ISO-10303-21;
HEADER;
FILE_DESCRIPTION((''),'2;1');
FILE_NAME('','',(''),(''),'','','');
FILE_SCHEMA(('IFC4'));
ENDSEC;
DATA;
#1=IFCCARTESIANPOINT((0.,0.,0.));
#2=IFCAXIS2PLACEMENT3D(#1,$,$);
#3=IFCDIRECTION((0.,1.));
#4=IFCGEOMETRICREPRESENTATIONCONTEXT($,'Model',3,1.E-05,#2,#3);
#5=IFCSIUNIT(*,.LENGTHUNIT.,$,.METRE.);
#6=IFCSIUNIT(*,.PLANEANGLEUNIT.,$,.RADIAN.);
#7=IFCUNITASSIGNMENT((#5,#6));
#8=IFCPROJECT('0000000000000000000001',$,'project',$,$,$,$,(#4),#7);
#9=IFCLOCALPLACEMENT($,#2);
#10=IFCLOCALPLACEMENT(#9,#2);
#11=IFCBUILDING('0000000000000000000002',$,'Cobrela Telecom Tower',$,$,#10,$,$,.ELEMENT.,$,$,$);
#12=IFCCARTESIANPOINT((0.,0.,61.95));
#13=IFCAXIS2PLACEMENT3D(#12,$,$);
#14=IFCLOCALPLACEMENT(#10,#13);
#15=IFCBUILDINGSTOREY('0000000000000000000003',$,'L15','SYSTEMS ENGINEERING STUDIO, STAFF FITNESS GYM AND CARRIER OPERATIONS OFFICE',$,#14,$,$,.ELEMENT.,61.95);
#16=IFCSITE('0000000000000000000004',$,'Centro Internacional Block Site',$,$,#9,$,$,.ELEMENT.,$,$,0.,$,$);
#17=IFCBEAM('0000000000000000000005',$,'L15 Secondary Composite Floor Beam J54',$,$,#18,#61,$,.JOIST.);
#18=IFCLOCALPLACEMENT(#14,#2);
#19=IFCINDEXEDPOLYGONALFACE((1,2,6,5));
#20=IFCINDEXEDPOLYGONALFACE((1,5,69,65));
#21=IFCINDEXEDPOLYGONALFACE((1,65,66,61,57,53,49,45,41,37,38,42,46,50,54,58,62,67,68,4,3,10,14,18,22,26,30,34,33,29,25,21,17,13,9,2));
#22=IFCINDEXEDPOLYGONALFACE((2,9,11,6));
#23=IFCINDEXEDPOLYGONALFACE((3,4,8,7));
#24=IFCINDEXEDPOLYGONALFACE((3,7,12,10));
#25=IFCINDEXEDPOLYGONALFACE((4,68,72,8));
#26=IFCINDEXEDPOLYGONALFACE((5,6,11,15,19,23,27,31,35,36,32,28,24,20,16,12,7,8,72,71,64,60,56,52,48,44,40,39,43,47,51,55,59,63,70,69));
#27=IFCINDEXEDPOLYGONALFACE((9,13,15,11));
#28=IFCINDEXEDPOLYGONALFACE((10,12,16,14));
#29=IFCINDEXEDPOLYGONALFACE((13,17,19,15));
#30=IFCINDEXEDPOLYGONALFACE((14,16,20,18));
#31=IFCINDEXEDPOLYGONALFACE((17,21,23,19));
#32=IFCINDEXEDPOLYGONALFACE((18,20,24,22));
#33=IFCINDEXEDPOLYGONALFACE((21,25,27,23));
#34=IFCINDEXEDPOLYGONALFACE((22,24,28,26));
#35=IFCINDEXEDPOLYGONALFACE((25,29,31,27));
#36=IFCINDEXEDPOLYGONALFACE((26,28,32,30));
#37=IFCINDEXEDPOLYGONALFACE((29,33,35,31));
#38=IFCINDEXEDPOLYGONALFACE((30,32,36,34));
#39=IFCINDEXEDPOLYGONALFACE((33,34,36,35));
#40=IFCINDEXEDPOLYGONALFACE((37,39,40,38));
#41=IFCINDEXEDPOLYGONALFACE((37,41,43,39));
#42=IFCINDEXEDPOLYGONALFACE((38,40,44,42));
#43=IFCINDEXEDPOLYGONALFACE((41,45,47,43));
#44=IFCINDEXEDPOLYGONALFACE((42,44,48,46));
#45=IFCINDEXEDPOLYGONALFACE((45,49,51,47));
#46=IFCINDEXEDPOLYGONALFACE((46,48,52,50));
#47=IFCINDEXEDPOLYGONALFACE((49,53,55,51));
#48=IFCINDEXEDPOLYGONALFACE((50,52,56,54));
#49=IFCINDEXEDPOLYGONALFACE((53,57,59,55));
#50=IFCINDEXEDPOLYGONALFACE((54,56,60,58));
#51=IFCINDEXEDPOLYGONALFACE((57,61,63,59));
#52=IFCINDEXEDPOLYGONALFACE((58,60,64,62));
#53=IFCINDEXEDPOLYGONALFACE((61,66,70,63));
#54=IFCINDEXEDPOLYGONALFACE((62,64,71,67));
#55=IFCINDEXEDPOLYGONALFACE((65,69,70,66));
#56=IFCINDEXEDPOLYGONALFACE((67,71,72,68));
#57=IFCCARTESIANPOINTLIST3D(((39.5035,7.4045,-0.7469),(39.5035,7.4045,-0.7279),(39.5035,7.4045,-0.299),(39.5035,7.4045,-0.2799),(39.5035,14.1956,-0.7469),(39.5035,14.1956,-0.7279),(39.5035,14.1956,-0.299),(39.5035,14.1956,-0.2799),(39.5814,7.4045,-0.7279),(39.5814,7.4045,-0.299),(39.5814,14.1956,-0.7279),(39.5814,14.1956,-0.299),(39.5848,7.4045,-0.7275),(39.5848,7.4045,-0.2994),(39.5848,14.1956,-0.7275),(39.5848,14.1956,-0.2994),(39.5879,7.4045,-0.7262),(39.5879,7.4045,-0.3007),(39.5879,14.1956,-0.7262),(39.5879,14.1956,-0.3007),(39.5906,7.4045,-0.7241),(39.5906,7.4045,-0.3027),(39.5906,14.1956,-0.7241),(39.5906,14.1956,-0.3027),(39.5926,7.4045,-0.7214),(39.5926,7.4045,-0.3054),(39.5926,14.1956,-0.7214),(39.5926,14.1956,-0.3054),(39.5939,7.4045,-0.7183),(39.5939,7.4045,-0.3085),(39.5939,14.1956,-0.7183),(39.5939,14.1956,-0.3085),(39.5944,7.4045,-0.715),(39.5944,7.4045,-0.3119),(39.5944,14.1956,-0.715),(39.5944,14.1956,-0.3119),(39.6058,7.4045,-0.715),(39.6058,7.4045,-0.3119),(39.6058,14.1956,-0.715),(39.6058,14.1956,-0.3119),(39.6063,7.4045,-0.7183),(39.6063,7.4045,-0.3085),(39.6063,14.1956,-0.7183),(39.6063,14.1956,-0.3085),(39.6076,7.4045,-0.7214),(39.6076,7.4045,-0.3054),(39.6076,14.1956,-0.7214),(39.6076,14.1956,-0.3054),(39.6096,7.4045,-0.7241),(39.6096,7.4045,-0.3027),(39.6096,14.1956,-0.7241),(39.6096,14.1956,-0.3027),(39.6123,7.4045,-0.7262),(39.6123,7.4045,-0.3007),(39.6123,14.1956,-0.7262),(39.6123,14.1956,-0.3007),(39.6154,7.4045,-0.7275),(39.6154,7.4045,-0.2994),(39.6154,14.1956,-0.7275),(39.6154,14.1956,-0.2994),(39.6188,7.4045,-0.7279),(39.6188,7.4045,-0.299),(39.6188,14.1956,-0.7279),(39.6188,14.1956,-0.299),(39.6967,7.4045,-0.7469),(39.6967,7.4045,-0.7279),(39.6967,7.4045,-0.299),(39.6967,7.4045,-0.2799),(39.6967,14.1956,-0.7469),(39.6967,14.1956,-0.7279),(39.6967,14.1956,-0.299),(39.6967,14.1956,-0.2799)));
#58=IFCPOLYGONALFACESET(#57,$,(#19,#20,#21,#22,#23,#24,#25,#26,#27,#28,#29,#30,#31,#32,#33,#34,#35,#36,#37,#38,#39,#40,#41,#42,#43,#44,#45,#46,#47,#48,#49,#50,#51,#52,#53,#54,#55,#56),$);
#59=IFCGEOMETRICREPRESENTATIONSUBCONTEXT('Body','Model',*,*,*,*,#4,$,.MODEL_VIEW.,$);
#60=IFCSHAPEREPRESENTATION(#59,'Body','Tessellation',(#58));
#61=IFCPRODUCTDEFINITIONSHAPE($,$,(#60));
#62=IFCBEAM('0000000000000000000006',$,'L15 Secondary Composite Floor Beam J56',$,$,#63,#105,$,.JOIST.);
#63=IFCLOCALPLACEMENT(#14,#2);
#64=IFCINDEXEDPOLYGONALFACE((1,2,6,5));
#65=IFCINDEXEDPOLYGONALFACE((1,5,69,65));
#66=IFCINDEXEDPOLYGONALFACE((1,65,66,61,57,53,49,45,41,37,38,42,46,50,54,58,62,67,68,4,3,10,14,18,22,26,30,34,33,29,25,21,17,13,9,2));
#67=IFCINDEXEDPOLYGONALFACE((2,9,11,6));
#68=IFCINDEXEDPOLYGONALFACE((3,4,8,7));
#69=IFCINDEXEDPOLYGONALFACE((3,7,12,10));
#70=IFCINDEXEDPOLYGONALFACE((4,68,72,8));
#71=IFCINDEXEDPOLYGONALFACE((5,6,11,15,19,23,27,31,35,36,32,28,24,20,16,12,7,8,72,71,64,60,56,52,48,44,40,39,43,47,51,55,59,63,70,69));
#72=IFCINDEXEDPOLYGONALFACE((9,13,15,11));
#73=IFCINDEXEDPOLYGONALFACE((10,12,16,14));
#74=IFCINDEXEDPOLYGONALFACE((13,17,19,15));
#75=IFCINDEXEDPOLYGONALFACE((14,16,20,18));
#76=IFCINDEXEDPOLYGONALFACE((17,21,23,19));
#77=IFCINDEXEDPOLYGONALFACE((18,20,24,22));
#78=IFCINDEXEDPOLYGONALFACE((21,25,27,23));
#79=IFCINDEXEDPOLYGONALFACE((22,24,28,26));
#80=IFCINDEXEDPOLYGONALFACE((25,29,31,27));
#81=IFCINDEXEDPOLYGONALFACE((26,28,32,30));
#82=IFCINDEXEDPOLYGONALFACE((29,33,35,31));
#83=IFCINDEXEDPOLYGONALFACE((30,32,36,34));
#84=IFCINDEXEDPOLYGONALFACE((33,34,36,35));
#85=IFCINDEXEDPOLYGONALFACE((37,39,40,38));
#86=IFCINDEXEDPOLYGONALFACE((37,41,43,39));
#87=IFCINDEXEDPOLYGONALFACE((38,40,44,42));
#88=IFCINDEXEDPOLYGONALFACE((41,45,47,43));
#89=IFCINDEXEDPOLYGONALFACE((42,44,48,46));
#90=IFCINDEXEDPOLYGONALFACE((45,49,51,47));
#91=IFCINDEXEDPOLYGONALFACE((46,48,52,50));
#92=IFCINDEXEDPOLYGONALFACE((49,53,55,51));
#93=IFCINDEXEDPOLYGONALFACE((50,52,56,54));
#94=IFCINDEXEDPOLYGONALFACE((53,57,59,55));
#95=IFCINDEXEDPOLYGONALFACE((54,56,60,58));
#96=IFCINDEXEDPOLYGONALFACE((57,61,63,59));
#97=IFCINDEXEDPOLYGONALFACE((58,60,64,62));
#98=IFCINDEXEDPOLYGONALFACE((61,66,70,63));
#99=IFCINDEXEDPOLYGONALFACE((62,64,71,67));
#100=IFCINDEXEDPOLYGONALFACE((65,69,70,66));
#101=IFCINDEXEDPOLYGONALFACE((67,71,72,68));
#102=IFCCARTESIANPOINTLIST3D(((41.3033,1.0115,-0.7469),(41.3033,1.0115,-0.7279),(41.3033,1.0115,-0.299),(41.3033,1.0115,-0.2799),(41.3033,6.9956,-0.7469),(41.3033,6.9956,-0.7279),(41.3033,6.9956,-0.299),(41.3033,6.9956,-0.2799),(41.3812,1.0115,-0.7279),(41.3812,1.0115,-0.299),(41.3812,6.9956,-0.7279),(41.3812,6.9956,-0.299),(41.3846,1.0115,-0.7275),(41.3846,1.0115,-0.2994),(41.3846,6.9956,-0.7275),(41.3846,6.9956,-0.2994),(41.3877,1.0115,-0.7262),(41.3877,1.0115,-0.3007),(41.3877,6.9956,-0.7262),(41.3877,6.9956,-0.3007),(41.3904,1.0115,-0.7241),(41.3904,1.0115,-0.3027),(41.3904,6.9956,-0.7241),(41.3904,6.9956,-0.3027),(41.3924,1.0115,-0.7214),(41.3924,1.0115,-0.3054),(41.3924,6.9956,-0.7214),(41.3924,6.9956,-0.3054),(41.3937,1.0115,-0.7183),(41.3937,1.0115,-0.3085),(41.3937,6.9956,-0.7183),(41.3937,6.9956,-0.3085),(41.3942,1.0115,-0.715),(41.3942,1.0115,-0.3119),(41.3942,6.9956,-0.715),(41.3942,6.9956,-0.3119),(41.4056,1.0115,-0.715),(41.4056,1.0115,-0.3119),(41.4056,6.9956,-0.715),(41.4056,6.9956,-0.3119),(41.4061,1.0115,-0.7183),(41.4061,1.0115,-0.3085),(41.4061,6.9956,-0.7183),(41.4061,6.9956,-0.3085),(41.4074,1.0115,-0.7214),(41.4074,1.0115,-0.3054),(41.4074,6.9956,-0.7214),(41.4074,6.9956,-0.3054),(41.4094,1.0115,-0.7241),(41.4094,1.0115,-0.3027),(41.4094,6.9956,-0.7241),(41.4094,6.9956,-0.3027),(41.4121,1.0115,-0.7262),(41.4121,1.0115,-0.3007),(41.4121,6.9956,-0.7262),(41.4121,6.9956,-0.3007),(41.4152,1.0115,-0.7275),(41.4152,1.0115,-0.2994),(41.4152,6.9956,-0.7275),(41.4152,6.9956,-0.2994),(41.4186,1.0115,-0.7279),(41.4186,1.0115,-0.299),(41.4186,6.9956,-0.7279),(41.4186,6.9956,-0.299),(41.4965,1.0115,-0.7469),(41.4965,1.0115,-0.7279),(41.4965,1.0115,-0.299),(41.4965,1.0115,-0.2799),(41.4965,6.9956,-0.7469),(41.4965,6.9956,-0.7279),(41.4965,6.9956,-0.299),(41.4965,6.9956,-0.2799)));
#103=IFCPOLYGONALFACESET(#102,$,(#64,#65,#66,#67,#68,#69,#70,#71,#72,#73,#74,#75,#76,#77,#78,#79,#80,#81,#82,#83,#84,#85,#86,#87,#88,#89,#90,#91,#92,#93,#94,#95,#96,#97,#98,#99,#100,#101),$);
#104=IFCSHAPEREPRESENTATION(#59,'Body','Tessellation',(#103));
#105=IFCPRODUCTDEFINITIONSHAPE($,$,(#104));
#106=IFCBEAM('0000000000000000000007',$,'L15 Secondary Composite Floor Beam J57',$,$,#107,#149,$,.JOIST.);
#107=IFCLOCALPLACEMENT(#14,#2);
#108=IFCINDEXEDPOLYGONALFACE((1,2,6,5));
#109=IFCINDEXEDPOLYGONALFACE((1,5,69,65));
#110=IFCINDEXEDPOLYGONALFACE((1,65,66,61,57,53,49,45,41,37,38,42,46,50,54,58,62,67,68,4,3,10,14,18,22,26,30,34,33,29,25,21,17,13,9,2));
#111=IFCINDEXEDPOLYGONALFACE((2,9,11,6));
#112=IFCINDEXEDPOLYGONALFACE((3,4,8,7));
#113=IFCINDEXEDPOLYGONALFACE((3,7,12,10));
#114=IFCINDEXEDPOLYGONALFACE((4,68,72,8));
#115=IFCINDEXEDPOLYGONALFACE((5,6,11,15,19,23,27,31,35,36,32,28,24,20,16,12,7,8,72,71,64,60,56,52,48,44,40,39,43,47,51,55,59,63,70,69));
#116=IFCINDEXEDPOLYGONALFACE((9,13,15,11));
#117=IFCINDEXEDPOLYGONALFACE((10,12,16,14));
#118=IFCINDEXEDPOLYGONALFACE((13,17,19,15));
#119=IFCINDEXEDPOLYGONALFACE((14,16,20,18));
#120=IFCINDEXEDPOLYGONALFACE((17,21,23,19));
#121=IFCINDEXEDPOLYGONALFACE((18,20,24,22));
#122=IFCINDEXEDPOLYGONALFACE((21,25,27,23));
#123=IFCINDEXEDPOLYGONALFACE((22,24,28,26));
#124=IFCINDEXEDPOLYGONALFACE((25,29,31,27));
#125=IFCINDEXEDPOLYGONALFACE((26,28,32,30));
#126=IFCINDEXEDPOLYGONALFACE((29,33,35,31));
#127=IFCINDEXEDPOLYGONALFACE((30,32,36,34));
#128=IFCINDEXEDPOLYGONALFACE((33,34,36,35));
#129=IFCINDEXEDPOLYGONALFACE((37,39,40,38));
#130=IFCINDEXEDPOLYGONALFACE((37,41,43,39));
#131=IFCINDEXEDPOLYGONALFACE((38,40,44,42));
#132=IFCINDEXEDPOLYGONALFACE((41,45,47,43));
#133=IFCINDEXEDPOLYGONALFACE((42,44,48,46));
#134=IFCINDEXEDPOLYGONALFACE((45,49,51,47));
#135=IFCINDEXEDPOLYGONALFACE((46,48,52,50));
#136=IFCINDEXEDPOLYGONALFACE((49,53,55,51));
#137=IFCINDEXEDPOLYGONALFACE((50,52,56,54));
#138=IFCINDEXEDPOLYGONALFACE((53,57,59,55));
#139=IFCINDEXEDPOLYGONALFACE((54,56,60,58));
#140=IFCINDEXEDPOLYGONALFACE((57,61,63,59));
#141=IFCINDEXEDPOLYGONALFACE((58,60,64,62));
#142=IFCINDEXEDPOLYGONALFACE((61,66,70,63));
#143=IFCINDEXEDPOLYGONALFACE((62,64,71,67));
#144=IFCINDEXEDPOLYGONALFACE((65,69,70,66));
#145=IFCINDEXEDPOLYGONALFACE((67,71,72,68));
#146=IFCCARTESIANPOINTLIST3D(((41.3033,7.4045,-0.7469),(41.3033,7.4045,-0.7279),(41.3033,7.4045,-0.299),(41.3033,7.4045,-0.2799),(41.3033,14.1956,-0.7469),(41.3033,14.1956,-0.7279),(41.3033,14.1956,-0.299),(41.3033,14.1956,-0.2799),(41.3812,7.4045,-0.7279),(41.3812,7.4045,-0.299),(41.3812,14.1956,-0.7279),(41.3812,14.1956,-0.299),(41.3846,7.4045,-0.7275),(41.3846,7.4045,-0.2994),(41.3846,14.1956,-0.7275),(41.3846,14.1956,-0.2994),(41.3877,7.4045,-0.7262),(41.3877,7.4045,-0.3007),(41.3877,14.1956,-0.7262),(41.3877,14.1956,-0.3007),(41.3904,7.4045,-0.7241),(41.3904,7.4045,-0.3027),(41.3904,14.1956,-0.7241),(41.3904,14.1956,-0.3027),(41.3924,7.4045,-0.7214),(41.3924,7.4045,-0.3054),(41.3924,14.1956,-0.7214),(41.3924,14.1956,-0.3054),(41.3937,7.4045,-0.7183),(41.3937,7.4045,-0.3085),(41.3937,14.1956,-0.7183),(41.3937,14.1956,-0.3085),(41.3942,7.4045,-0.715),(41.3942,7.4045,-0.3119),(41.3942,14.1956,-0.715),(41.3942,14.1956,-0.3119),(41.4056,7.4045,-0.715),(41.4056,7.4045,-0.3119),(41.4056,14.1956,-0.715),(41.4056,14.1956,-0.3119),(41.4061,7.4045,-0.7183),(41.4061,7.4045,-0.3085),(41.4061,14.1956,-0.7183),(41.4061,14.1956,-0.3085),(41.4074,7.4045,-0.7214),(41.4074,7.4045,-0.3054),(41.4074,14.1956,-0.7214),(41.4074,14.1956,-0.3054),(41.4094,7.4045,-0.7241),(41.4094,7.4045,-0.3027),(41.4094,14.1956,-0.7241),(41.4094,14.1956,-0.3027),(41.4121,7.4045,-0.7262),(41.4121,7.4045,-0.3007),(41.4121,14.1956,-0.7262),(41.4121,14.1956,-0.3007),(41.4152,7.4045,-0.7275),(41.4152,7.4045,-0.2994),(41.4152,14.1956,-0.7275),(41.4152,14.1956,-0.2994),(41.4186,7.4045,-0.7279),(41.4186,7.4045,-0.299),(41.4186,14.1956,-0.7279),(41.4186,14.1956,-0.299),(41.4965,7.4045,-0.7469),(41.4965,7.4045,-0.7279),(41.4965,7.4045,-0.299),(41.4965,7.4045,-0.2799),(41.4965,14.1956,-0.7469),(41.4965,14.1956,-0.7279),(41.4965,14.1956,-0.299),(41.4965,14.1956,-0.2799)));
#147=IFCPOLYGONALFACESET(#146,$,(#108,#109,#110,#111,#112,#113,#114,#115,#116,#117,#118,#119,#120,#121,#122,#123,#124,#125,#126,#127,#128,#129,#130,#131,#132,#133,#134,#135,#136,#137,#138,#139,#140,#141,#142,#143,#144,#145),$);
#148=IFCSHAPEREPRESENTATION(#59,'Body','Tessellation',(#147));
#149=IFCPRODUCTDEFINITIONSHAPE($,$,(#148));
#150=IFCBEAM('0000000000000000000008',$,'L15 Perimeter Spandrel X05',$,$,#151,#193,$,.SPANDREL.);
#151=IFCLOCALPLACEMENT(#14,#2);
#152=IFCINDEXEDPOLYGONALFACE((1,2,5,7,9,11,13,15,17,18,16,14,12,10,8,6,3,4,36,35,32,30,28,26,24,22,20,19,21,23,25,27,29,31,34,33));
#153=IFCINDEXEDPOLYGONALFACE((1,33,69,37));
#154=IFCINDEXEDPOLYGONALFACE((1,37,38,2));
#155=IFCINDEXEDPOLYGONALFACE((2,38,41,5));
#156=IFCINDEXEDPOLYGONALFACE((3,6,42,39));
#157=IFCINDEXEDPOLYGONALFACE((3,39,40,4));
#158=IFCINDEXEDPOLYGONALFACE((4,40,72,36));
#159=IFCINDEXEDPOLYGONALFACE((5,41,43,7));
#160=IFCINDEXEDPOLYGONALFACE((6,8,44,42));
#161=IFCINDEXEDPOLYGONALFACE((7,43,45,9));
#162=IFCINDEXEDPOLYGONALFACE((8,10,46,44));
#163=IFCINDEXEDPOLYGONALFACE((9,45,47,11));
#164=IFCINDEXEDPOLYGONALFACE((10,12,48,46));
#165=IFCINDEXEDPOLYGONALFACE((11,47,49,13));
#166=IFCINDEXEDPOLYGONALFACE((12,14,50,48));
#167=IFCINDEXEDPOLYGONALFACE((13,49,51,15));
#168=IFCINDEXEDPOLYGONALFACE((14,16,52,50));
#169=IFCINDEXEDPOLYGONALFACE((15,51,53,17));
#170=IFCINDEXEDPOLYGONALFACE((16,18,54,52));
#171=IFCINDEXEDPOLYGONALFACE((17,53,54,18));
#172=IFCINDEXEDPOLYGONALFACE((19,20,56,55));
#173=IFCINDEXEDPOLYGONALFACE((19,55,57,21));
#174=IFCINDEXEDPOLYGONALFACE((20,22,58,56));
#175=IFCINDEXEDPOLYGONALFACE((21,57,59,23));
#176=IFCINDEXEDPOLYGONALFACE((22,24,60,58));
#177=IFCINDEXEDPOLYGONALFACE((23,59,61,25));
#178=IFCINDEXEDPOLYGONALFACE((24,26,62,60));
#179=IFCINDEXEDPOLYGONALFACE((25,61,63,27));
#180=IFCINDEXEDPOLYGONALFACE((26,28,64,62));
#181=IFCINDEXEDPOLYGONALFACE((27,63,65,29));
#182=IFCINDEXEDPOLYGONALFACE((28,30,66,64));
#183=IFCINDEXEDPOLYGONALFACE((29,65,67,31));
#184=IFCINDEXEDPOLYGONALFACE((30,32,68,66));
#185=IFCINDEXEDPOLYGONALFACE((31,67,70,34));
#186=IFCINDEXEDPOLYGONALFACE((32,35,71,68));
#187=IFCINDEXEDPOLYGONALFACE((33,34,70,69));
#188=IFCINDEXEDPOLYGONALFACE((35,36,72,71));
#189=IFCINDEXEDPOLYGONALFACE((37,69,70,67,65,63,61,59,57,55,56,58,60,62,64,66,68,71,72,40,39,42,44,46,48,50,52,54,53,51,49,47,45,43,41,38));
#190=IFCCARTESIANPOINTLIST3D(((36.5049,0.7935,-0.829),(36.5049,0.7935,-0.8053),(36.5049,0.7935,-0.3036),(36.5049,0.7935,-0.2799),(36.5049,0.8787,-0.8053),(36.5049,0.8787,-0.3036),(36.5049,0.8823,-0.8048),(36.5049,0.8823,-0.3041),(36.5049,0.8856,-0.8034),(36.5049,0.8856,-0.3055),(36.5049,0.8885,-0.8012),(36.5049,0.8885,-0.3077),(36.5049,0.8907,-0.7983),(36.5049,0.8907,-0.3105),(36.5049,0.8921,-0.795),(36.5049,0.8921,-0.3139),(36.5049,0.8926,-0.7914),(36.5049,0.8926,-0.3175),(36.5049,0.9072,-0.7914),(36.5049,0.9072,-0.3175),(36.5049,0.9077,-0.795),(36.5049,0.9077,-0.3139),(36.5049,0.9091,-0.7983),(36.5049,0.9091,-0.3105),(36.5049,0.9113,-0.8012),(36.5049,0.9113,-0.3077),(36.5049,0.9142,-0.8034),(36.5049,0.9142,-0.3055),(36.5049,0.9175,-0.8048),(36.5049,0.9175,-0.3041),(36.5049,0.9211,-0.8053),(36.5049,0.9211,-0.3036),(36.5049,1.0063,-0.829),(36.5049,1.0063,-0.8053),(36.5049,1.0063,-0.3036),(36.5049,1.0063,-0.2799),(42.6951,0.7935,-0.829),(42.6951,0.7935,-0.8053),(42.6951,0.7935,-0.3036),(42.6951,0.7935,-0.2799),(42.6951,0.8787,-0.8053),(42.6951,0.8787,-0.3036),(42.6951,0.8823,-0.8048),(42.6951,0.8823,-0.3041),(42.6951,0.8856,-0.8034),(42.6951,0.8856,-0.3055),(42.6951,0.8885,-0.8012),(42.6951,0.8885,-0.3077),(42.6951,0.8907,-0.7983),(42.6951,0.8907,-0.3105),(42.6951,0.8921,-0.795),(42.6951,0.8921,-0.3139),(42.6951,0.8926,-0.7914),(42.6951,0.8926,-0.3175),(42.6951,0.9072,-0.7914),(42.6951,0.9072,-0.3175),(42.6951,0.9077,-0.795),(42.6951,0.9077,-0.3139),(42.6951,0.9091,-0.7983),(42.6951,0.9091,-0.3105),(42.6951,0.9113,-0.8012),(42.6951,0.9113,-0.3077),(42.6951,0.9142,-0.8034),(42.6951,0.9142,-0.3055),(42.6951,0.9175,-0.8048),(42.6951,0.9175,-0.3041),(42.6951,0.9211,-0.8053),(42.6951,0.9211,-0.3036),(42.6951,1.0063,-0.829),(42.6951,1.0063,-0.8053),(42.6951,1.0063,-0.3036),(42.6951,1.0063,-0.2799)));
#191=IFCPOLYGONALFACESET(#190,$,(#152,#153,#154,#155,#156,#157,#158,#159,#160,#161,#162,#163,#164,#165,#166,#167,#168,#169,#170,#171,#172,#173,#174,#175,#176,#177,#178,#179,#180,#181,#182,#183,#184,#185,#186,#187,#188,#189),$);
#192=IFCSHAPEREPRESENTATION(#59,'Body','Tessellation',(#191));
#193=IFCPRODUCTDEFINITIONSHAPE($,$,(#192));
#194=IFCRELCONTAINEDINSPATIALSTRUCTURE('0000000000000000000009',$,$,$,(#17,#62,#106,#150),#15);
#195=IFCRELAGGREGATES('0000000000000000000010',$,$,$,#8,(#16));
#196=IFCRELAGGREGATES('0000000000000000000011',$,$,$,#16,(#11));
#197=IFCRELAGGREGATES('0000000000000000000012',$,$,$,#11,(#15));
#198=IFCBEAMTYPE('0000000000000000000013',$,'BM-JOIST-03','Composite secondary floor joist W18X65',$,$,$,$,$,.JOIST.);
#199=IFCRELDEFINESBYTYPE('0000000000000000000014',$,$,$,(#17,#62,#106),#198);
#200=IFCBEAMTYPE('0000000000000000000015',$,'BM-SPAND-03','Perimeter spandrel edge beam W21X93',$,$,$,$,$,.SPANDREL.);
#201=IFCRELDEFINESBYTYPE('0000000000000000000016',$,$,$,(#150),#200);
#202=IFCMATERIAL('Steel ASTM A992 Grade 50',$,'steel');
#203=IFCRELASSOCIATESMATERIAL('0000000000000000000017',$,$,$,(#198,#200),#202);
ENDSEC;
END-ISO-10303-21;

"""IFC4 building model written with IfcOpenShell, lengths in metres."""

from ifc_helpers import new_model, si_unit, direction, frame, origin, origin_2d, place, context, subcontext, project, spatial, i_section, extrude, material, material_profile, profile_set, type_object, element, save


model = new_model("IFC4")

# Units and contexts
model_context = context("Model", 3, precision=1e-05, world=origin(), true_north=direction((0.0, 1.0)))
body_context = subcontext(model_context, "Body", "Model", "MODEL_VIEW")
ifc_project = project(units=[si_unit("LENGTHUNIT", "METRE"), si_unit("PLANEANGLEUNIT", "RADIAN")], contexts=[model_context])

# Site, building, storey
site_placement = place(None, origin())
site = spatial("IfcSite", under=ifc_project, at=site_placement, Name="Centro Internacional Block Site", CompositionType="ELEMENT", RefElevation=0.0)
building_placement = place(site_placement, origin())
building = spatial("IfcBuilding", under=site, at=building_placement, Name="Cobrela Telecom Tower", CompositionType="ELEMENT")
storey_placement = place(building_placement, frame((0.0, 0.0, 61.95)))
storey = spatial("IfcBuildingStorey", under=building, at=storey_placement, Name="L15", Description="SYSTEMS ENGINEERING STUDIO, STAFF FITNESS GYM AND CARRIER OPERATIONS OFFICE", CompositionType="ELEMENT", Elevation=61.95)

# Shared definitions
ifc_material_1 = material(Name="Steel ASTM A992 Grade 50", Category="steel")

# Beams
ifc_material_profile_1 = material_profile(ifc_material_1, i_section(OverallWidth=0.1931, OverallDepth=0.467, WebThickness=0.0115, FlangeThickness=0.019, FilletRadius=0.0129, at=origin_2d()), Name="W18X65")
ifc_profile_set_1 = profile_set([ifc_material_profile_1], Name="Steel ASTM A992 Grade 50")
beam_type_1 = type_object("IfcBeamType", Name="BM-JOIST-03", Description="Composite secondary floor joist W18X65", PredefinedType="JOIST", material=ifc_profile_set_1)
beam_1_placement = place(storey_placement, frame((39.6001, 7.4045, -0.5134), z_axis=(0.0, 1.0, 0.0), x_axis=(-1.0, 0.0, 0.0)))
element("IfcBeam", 1, at=beam_1_placement, inside=storey, type_object=beam_type_1, Name="L15 Secondary Composite Floor Beam J54", PredefinedType="JOIST", context=body_context, shape_type="SweptSolid", body=[
    extrude(i_section(OverallWidth=0.1931, OverallDepth=0.467, WebThickness=0.0115, FlangeThickness=0.019, FilletRadius=0.0129, at=origin_2d()), origin(), (0.0, 0.0, 1.0), 6.791),
])
beam_2_placement = place(storey_placement, frame((41.3999, 1.0115, -0.5134), z_axis=(0.0, 1.0, 0.0), x_axis=(-1.0, 0.0, 0.0)))
element("IfcBeam", 2, at=beam_2_placement, inside=storey, type_object=beam_type_1, Name="L15 Secondary Composite Floor Beam J56", PredefinedType="JOIST", context=body_context, shape_type="SweptSolid", body=[
    extrude(i_section(OverallWidth=0.1931, OverallDepth=0.467, WebThickness=0.0115, FlangeThickness=0.019, FilletRadius=0.0129, at=origin_2d()), origin(), (0.0, 0.0, 1.0), 5.9841),
])
beam_3_placement = place(storey_placement, frame((41.3999, 7.4045, -0.5134), z_axis=(0.0, 1.0, 0.0), x_axis=(-1.0, 0.0, 0.0)))
element("IfcBeam", 3, at=beam_3_placement, inside=storey, type_object=beam_type_1, Name="L15 Secondary Composite Floor Beam J57", PredefinedType="JOIST", context=body_context, shape_type="SweptSolid", body=[
    extrude(i_section(OverallWidth=0.1931, OverallDepth=0.467, WebThickness=0.0115, FlangeThickness=0.019, FilletRadius=0.0129, at=origin_2d()), origin(), (0.0, 0.0, 1.0), 6.791),
])
ifc_material_profile_2 = material_profile(ifc_material_1, i_section(OverallWidth=0.2129, OverallDepth=0.5491, WebThickness=0.0146, FlangeThickness=0.0237, FilletRadius=0.0139, at=origin_2d()), Name="W21X93")
ifc_profile_set_2 = profile_set([ifc_material_profile_2], Name="Steel ASTM A992 Grade 50")
beam_type_2 = type_object("IfcBeamType", Name="BM-SPAND-03", Description="Perimeter spandrel edge beam W21X93", PredefinedType="SPANDREL", material=ifc_profile_set_2)
beam_4_placement = place(storey_placement, frame((36.5049, 0.8999, -0.5544), z_axis=(1.0, 0.0, 0.0), x_axis=(0.0, 1.0, 0.0)))
element("IfcBeam", 4, at=beam_4_placement, inside=storey, type_object=beam_type_2, Name="L15 Perimeter Spandrel X05", PredefinedType="SPANDREL", context=body_context, shape_type="SweptSolid", body=[
    extrude(i_section(OverallWidth=0.2129, OverallDepth=0.5491, WebThickness=0.0146, FlangeThickness=0.0237, FilletRadius=0.0139, at=origin_2d()), origin(), (0.0, 0.0, 1.0), 6.1902),
])

save(model, "model.ifc")
